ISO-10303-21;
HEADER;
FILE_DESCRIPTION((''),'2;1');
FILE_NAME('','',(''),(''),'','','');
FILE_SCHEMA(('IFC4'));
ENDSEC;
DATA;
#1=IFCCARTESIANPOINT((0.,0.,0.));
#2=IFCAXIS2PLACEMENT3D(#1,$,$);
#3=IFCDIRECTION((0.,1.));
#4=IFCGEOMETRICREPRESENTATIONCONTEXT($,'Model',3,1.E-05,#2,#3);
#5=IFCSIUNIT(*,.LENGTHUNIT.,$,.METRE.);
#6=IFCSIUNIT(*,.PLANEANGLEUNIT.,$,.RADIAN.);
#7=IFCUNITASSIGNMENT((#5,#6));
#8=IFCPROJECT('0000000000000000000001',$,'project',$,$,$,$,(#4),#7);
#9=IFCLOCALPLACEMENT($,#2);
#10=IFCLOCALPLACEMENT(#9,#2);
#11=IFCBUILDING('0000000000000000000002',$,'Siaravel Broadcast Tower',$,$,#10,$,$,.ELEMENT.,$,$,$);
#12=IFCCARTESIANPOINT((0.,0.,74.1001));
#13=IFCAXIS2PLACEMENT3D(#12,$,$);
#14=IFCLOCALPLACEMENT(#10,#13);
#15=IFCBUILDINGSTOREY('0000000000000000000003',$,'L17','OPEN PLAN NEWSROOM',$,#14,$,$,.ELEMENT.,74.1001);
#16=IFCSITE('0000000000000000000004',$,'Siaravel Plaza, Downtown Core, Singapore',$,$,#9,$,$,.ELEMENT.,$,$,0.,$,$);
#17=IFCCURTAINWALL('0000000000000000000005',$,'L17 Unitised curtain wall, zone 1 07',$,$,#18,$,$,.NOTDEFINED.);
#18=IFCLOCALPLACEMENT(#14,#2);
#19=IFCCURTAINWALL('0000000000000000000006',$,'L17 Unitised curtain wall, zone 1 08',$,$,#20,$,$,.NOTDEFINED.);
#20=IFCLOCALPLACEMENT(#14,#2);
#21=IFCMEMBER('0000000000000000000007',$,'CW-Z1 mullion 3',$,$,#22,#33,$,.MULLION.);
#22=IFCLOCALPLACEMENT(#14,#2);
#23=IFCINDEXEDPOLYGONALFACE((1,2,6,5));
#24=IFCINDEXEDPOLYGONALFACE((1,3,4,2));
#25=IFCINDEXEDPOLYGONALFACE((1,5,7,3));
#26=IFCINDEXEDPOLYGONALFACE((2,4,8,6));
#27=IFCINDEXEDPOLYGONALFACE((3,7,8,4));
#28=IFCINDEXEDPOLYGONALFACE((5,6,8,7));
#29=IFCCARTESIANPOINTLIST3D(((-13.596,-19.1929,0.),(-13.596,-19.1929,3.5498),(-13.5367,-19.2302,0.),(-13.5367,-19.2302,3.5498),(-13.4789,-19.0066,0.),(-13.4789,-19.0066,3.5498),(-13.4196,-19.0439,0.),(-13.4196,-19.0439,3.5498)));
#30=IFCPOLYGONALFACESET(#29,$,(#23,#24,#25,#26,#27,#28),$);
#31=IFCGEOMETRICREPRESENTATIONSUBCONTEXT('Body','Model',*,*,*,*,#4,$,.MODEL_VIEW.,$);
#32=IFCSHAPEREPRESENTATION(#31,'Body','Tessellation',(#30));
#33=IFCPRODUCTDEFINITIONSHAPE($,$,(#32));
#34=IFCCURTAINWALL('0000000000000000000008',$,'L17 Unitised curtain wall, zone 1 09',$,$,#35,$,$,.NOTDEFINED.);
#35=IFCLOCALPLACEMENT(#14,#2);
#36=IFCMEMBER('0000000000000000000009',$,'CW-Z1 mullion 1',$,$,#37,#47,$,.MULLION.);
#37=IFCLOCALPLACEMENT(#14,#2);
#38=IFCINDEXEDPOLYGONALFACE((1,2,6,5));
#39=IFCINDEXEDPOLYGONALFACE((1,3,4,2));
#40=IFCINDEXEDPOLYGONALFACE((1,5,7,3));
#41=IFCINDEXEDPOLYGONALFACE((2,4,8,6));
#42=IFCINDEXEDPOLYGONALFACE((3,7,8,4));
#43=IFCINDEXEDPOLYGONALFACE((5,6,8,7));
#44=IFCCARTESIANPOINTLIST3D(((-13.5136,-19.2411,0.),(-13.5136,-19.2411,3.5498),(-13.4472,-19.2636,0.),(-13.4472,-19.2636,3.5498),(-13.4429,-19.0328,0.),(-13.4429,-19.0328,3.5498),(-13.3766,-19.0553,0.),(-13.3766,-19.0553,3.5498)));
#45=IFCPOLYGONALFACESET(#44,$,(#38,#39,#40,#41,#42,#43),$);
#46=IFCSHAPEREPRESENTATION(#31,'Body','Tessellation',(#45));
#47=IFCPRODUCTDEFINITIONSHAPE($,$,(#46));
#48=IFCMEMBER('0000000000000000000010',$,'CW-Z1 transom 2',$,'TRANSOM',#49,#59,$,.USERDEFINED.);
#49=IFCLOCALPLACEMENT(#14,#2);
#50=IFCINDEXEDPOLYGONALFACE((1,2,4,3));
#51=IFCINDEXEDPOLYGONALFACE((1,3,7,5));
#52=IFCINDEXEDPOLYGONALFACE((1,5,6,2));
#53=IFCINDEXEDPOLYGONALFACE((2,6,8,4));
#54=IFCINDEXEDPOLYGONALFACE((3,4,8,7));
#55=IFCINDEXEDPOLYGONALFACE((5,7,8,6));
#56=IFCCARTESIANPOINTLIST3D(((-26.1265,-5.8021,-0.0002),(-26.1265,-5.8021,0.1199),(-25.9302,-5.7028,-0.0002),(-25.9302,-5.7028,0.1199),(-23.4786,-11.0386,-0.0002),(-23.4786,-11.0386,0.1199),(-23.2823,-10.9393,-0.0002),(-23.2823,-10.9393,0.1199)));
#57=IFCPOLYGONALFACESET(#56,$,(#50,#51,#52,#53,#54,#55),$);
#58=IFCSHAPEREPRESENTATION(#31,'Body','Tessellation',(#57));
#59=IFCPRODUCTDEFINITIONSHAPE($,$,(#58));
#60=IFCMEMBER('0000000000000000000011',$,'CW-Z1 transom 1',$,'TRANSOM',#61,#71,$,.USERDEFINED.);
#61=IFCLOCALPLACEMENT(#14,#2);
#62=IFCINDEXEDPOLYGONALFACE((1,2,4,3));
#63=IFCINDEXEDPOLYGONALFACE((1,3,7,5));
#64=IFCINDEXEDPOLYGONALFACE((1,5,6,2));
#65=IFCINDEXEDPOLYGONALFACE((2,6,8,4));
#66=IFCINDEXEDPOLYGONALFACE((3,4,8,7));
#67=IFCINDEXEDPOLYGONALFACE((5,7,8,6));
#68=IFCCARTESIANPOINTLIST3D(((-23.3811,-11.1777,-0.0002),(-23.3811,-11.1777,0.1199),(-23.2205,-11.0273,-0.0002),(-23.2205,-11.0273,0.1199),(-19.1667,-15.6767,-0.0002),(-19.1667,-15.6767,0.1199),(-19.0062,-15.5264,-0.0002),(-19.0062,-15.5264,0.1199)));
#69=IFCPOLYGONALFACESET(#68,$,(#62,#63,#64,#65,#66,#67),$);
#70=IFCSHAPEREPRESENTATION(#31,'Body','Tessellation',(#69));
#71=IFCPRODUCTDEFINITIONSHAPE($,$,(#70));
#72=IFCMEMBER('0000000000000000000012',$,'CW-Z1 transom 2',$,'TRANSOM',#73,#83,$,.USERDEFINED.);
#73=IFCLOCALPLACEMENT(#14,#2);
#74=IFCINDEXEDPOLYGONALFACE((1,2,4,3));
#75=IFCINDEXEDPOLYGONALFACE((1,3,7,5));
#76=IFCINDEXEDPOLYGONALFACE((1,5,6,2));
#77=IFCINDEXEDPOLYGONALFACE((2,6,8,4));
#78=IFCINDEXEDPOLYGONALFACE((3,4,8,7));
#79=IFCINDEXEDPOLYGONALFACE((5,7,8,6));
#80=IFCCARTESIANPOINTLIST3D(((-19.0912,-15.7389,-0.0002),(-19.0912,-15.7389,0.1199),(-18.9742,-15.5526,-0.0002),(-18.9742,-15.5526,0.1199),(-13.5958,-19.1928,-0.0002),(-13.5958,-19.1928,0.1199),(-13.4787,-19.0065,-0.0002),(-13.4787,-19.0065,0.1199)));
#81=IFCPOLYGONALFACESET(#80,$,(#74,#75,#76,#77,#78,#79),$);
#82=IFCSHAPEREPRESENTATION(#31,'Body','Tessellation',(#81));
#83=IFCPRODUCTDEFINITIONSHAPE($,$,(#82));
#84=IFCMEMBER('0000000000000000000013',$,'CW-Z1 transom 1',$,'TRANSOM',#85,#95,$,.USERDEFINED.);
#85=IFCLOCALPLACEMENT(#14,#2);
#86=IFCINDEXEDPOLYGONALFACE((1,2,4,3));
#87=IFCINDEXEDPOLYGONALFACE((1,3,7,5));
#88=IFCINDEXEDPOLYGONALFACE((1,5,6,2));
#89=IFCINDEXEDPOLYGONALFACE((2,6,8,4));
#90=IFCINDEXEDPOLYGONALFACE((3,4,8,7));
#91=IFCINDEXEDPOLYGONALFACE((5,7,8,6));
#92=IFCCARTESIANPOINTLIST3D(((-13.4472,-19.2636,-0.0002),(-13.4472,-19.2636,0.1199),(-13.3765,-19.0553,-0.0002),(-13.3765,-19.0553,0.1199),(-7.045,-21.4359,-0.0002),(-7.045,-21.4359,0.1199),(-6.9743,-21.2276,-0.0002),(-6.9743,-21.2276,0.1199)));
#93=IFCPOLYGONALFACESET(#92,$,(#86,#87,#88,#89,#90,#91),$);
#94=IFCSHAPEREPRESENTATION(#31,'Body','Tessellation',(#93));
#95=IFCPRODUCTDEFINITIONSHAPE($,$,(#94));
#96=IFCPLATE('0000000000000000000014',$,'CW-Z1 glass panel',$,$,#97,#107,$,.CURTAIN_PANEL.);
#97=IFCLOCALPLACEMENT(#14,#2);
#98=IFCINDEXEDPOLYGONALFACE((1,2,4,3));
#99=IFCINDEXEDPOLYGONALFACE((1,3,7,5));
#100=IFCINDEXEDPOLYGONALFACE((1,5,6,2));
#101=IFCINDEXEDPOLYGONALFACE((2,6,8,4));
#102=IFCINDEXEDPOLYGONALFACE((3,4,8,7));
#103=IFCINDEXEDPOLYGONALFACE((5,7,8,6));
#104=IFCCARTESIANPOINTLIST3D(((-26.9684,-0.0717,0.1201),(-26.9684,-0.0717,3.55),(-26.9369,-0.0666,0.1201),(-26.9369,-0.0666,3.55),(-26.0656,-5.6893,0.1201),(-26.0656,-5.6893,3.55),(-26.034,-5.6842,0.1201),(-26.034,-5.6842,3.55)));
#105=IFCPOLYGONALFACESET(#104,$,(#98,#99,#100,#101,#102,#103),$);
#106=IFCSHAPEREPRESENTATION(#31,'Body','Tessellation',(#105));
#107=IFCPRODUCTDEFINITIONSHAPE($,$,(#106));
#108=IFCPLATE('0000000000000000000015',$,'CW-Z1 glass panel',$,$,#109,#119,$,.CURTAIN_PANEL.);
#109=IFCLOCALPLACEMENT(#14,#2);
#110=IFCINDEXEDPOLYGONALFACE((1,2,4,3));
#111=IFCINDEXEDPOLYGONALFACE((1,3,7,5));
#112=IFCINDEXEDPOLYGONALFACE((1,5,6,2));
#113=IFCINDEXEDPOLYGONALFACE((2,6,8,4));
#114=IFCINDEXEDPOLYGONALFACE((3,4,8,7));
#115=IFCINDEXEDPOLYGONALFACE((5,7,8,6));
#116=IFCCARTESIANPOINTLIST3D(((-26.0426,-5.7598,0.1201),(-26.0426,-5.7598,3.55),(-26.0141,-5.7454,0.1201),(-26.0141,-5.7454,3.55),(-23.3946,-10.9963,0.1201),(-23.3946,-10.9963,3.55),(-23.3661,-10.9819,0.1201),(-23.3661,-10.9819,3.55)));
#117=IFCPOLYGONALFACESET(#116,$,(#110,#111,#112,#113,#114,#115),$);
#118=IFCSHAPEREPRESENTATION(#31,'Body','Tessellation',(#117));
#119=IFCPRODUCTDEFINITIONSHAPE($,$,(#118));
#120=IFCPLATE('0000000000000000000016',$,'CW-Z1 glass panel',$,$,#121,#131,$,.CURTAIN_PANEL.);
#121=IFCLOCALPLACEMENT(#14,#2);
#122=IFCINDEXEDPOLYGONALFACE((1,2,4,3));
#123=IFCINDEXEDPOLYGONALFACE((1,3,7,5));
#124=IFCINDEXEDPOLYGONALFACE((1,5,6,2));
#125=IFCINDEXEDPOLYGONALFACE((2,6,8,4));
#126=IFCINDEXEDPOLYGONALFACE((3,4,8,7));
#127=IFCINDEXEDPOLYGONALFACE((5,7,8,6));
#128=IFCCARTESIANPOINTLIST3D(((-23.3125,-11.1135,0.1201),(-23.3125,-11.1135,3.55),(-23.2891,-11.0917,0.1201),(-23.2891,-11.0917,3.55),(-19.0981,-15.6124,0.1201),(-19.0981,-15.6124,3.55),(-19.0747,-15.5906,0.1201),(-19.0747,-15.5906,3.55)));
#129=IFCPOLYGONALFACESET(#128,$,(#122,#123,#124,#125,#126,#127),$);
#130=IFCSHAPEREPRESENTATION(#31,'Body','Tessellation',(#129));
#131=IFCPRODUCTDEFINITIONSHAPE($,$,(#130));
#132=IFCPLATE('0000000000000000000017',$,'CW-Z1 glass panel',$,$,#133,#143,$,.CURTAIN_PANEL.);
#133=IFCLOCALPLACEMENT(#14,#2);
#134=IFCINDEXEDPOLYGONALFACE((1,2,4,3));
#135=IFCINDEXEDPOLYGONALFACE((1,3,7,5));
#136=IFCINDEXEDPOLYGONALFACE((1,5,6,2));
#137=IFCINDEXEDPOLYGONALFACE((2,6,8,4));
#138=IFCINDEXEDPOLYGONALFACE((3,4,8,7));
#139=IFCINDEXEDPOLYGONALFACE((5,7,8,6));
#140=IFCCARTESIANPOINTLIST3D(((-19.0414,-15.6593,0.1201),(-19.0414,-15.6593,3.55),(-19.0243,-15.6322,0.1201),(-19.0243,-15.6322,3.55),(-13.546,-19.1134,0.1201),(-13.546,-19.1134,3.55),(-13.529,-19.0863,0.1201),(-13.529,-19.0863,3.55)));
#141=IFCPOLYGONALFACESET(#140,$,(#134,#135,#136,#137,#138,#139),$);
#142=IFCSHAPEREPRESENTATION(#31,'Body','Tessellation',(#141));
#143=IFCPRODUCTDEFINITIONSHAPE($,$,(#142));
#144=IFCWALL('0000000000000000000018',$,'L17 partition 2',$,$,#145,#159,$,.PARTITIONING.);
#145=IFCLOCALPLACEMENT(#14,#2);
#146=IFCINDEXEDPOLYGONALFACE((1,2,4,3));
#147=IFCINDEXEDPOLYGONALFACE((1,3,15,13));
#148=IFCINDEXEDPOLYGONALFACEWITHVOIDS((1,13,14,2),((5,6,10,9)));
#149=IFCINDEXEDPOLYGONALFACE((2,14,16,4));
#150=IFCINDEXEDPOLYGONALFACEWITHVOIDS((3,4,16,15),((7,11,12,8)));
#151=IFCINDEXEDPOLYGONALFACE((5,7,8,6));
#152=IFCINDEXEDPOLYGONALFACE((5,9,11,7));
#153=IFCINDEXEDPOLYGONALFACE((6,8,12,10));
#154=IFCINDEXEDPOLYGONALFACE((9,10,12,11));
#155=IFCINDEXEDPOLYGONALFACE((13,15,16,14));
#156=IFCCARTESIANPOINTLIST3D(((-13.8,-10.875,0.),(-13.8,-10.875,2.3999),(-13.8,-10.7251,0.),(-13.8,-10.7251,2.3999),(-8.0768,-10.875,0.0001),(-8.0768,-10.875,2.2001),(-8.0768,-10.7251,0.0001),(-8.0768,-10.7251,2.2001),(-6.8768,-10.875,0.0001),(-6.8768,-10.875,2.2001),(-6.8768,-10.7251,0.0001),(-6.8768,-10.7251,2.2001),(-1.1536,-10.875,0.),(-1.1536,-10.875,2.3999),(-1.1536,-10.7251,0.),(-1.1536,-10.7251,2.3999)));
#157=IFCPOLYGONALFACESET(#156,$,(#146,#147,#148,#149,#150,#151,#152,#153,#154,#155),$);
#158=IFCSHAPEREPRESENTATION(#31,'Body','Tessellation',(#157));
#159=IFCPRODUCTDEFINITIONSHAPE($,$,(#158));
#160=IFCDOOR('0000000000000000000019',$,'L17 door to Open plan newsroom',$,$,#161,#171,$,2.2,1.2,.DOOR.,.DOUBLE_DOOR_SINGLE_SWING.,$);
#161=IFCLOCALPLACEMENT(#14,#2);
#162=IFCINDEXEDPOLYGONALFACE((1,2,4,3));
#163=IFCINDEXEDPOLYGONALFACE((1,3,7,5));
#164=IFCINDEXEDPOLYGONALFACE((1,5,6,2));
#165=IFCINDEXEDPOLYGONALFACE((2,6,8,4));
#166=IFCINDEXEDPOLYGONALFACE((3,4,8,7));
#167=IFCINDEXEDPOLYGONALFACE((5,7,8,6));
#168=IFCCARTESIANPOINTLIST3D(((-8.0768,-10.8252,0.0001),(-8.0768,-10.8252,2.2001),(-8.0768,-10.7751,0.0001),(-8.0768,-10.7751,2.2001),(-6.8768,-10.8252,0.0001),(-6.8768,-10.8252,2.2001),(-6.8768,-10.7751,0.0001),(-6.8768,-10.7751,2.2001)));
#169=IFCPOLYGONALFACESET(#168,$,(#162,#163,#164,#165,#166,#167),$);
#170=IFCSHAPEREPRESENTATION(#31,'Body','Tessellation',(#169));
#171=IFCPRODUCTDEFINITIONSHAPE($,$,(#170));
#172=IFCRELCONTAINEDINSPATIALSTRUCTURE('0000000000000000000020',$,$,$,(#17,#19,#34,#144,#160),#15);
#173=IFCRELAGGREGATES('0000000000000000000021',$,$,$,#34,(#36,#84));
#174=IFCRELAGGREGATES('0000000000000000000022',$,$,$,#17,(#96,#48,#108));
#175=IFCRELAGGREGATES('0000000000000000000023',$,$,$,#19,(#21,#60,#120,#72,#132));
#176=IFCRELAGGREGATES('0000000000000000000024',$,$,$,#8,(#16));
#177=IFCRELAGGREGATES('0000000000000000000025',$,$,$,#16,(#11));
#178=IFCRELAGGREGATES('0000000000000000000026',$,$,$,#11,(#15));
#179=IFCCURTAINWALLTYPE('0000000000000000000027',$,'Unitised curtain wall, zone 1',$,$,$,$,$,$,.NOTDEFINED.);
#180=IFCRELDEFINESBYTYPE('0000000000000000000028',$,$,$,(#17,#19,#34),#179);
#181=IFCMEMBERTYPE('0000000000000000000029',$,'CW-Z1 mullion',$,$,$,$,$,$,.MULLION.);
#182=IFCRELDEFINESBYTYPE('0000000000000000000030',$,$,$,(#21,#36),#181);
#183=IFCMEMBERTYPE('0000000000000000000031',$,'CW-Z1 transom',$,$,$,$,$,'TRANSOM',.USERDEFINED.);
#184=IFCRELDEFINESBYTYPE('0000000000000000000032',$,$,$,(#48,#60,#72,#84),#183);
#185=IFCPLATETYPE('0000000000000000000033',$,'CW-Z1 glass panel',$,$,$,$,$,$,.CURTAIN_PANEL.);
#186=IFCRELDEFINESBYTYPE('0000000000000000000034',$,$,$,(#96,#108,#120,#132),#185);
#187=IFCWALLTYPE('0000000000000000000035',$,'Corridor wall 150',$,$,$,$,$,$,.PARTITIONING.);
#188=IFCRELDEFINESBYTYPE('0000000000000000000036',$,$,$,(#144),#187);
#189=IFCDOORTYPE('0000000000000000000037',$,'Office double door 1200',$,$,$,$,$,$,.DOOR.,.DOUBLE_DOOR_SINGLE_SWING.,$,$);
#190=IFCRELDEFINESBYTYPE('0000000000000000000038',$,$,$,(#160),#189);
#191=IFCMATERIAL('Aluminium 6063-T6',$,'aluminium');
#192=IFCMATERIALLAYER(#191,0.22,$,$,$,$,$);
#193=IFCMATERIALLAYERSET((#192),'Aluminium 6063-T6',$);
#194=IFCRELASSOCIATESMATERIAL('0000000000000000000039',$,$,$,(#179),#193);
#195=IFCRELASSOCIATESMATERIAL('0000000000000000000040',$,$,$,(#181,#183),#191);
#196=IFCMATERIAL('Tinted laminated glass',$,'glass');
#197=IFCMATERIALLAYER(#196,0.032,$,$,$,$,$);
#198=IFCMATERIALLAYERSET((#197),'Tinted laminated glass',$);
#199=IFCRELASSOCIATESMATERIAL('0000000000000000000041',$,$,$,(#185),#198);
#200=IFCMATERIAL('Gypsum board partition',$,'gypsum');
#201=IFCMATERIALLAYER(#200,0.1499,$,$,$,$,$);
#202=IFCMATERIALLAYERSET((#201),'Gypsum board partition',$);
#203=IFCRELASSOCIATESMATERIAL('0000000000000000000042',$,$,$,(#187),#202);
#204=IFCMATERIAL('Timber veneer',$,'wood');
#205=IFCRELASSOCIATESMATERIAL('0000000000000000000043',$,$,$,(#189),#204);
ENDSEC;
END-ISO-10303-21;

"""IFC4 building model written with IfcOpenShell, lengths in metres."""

from ifc_helpers import new_model, si_unit, direction, frame, frame_2d, origin, origin_2d, place, context, subcontext, project, spatial, rectangle, extrude, material, layer, layer_set, material_profile, profile_set, type_object, element, fill, aggregate, save


model = new_model("IFC4")

# Units and contexts
model_context = context("Model", 3, precision=1e-05, world=origin(), true_north=direction((0.0, 1.0)))
body_context = subcontext(model_context, "Body", "Model", "MODEL_VIEW")
ifc_project = project(units=[si_unit("LENGTHUNIT", "METRE"), si_unit("PLANEANGLEUNIT", "RADIAN")], contexts=[model_context])

# Site, building, storey
site_placement = place(None, origin())
site = spatial("IfcSite", under=ifc_project, at=site_placement, Name="Siaravel Plaza, Downtown Core, Singapore", CompositionType="ELEMENT", RefElevation=0.0)
building_placement = place(site_placement, origin())
building = spatial("IfcBuilding", under=site, at=building_placement, Name="Siaravel Broadcast Tower", CompositionType="ELEMENT")
storey_placement = place(building_placement, frame((0.0, 0.0, 74.1001)))
storey = spatial("IfcBuildingStorey", under=building, at=storey_placement, Name="L17", Description="OPEN PLAN NEWSROOM", CompositionType="ELEMENT", Elevation=74.1001)

# Curtain walls, member
ifc_material_1 = material(Name="Aluminium 6063-T6", Category="aluminium")
ifc_layer_1 = layer(ifc_material_1, 0.22)
ifc_layer_set_1 = layer_set([ifc_layer_1], Name="Aluminium 6063-T6")
curtain_wall_type = type_object("IfcCurtainWallType", Name="Unitised curtain wall, zone 1", PredefinedType="NOTDEFINED", material=ifc_layer_set_1)
curtain_wall_1_placement = place(storey_placement, origin())
curtain_wall_1 = element("IfcCurtainWall", 1, at=curtain_wall_1_placement, inside=storey, type_object=curtain_wall_type, Name="L17 Unitised curtain wall, zone 1 07", PredefinedType="NOTDEFINED")
ifc_material_profile_1 = material_profile(ifc_material_1, rectangle(XDim=0.22, YDim=0.0701, at=origin_2d()))
ifc_profile_set_1 = profile_set([ifc_material_profile_1], Name="Aluminium 6063-T6")
member_type_1 = type_object("IfcMemberType", Name="CW-Z1 mullion", PredefinedType="MULLION", material=ifc_profile_set_1)
curtain_wall_2_placement = place(storey_placement, origin())
curtain_wall_2 = element("IfcCurtainWall", 2, at=curtain_wall_2_placement, inside=storey, type_object=curtain_wall_type, Name="L17 Unitised curtain wall, zone 1 08", PredefinedType="NOTDEFINED")
member_1_placement = place(storey_placement, frame((-13.5078, -19.1184, 0.0), z_axis=(0.0, 0.0, 1.0), x_axis=(0.53215, 0.84665, 0.0)))
member_1 = element("IfcMember", 3, at=member_1_placement, type_object=member_type_1, Name="CW-Z1 mullion 3", PredefinedType="MULLION", context=body_context, shape_type="SweptSolid", body=[
    extrude(rectangle(XDim=0.22, YDim=0.0701, at=origin_2d()), origin(), (0.0, 0.0, 1.0), 3.5498),
])

# Curtain wall, member
curtain_wall_3_placement = place(storey_placement, origin())
curtain_wall_3 = element("IfcCurtainWall", 4, at=curtain_wall_3_placement, inside=storey, type_object=curtain_wall_type, Name="L17 Unitised curtain wall, zone 1 09", PredefinedType="NOTDEFINED")
member_2_placement = place(storey_placement, frame((-13.4451, -19.1482, 0.0), z_axis=(0.0, 0.0, 1.0), x_axis=(0.321301, 0.946977, 0.0)))
member_2 = element("IfcMember", 5, at=member_2_placement, type_object=member_type_1, Name="CW-Z1 mullion 1", PredefinedType="MULLION", context=body_context, shape_type="SweptSolid", body=[
    extrude(rectangle(XDim=0.22, YDim=0.0701, at=origin_2d()), origin(), (0.0, 0.0, 1.0), 3.5498),
])

# Members
ifc_material_profile_2 = material_profile(ifc_material_1, rectangle(XDim=0.22, YDim=0.1201, at=origin_2d()))
ifc_profile_set_2 = profile_set([ifc_material_profile_2], Name="Aluminium 6063-T6")
member_type_2 = type_object("IfcMemberType", Name="CW-Z1 transom", ElementType="TRANSOM", PredefinedType="USERDEFINED", material=ifc_profile_set_2)
member_3_placement = place(storey_placement, frame((-26.0283, -5.7524, 0.0598), z_axis=(0.451253, -0.892396, 0.0), x_axis=(0.892396, 0.451253, 0.0)))
member_3 = element("IfcMember", 6, at=member_3_placement, type_object=member_type_2, Name="CW-Z1 transom 2", ObjectType="TRANSOM", PredefinedType="USERDEFINED", context=body_context, shape_type="SweptSolid", body=[
    extrude(rectangle(XDim=0.22, YDim=0.1201, at=origin_2d()), origin(), (0.0, 0.0, 1.0), 5.8679),
])
member_4_placement = place(storey_placement, frame((-23.3008, -11.1025, 0.0598), z_axis=(0.683641, -0.729819, 0.0), x_axis=(0.729819, 0.683641, 0.0)))
member_4 = element("IfcMember", 7, at=member_4_placement, type_object=member_type_2, Name="CW-Z1 transom 1", ObjectType="TRANSOM", PredefinedType="USERDEFINED", context=body_context, shape_type="SweptSolid", body=[
    extrude(rectangle(XDim=0.22, YDim=0.1201, at=origin_2d()), origin(), (0.0, 0.0, 1.0), 6.1646),
])
member_5_placement = place(storey_placement, frame((-19.0327, -15.6458, 0.0598), z_axis=(0.846662, -0.532131, 0.0), x_axis=(0.532131, 0.846662, 0.0)))
member_5 = element("IfcMember", 8, at=member_5_placement, type_object=member_type_2, Name="CW-Z1 transom 2", ObjectType="TRANSOM", PredefinedType="USERDEFINED", context=body_context, shape_type="SweptSolid", body=[
    extrude(rectangle(XDim=0.22, YDim=0.1201, at=origin_2d()), origin(), (0.0, 0.0, 1.0), 6.4907),
])
member_6_placement = place(storey_placement, frame((-13.4119, -19.1594, 0.0598), z_axis=(0.946972, -0.321315, 0.0), x_axis=(0.321315, 0.946972, 0.0)))
member_6 = element("IfcMember", 9, at=member_6_placement, type_object=member_type_2, Name="CW-Z1 transom 1", ObjectType="TRANSOM", PredefinedType="USERDEFINED", context=body_context, shape_type="SweptSolid", body=[
    extrude(rectangle(XDim=0.22, YDim=0.1201, at=origin_2d()), origin(), (0.0, 0.0, 1.0), 6.7607),
])
aggregate(curtain_wall_3, [member_2, member_6])

# Plates
ifc_material_2 = material(Name="Tinted laminated glass", Category="glass")
ifc_layer_2 = layer(ifc_material_2, 0.032)
ifc_layer_set_2 = layer_set([ifc_layer_2], Name="Tinted laminated glass")
plate_type = type_object("IfcPlateType", Name="CW-Z1 glass panel", PredefinedType="CURTAIN_PANEL", material=ifc_layer_set_2)
plate_1_placement = place(storey_placement, frame((-26.5012, -2.8779, 0.1201), z_axis=(0.0, 0.0, 1.0), x_axis=(0.158685, -0.987329, 0.0)))
plate_1 = element("IfcPlate", 10, at=plate_1_placement, type_object=plate_type, Name="CW-Z1 glass panel", PredefinedType="CURTAIN_PANEL", context=body_context, shape_type="SweptSolid", body=[
    extrude(rectangle(XDim=5.6897, YDim=0.032, at=origin_2d()), origin(), (0.0, 0.0, 1.0), 3.4299),
])
plate_2_placement = place(storey_placement, frame((-24.7043, -8.3708, 0.1201), z_axis=(0.0, 0.0, 1.0), x_axis=(0.451261, -0.892392, 0.0)))
plate_2 = element("IfcPlate", 11, at=plate_2_placement, type_object=plate_type, Name="CW-Z1 glass panel", PredefinedType="CURTAIN_PANEL", context=body_context, shape_type="SweptSolid", body=[
    extrude(rectangle(XDim=5.8679, YDim=0.032, at=origin_2d()), origin(), (0.0, 0.0, 1.0), 3.4299),
])
aggregate(curtain_wall_1, [plate_1, member_3, plate_2])
plate_3_placement = place(storey_placement, frame((-21.1936, -13.3521, 0.1201), z_axis=(0.0, 0.0, 1.0), x_axis=(0.683655, -0.729806, 0.0)))
plate_3 = element("IfcPlate", 12, at=plate_3_placement, type_object=plate_type, Name="CW-Z1 glass panel", PredefinedType="CURTAIN_PANEL", context=body_context, shape_type="SweptSolid", body=[
    extrude(rectangle(XDim=6.1646, YDim=0.032, at=origin_2d()), origin(), (0.0, 0.0, 1.0), 3.4299),
])
plate_4_placement = place(storey_placement, frame((-16.2852, -17.3728, 0.1201), z_axis=(0.0, 0.0, 1.0), x_axis=(0.84665, -0.53215, 0.0)))
plate_4 = element("IfcPlate", 13, at=plate_4_placement, type_object=plate_type, Name="CW-Z1 glass panel", PredefinedType="CURTAIN_PANEL", context=body_context, shape_type="SweptSolid", body=[
    extrude(rectangle(XDim=6.4907, YDim=0.032, at=origin_2d()), origin(), (0.0, 0.0, 1.0), 3.4299),
])
aggregate(curtain_wall_2, [member_1, member_4, plate_3, member_5, plate_4])

# Wall, opening, door
ifc_material_3 = material(Name="Gypsum board partition", Category="gypsum")
ifc_layer_3 = layer(ifc_material_3, 0.1499)
ifc_layer_set_3 = layer_set([ifc_layer_3], Name="Gypsum board partition")
wall_type_1 = type_object("IfcWallType", Name="Corridor wall 150", PredefinedType="PARTITIONING", material=ifc_layer_set_3)
wall_1_placement = place(storey_placement, frame((-13.8, -10.8, 0.0), z_axis=(0.0, 0.0, 1.0), x_axis=(1.0, 0.0, 0.0)))
wall_1 = element("IfcWall", 14, at=wall_1_placement, inside=storey, type_object=wall_type_1, Name="L17 partition 2", PredefinedType="PARTITIONING", context=body_context, shape_type="SweptSolid", body=[
    extrude(rectangle(XDim=12.6465, YDim=0.1499, at=frame_2d((6.3232, 0.0))), origin(), (0.0, 0.0, 1.0), 2.3999),
])
opening_1_placement = place(wall_1_placement, frame((5.7231, 0.0, 0.0)))
opening_1 = element("IfcOpeningElement", 15, at=opening_1_placement, cuts=wall_1, PredefinedType="OPENING", context=body_context, shape_type="SweptSolid", body=[
    extrude(rectangle(XDim=1.2, YDim=2.2, at=frame_2d((0.6001, 1.1001))), frame((0.0, 0.085, 0.0), z_axis=(0.0, -1.0, 0.0), x_axis=(1.0, 0.0, 0.0)), (0.0, 0.0, 1.0), 0.1699),
])
ifc_material_4 = material(Name="Timber veneer", Category="wood")
door_type_1 = type_object("IfcDoorType", Name="Office double door 1200", OperationType="DOUBLE_DOOR_SINGLE_SWING", PredefinedType="DOOR", material=ifc_material_4)
door_1_placement = place(opening_1_placement, origin())
door_1 = element("IfcDoor", 16, at=door_1_placement, inside=storey, type_object=door_type_1, Name="L17 door to Open plan newsroom", OperationType="DOUBLE_DOOR_SINGLE_SWING", OverallHeight=2.2, OverallWidth=1.2, PredefinedType="DOOR", context=body_context, shape_type="SweptSolid", body=[
    extrude(rectangle(XDim=1.2, YDim=2.2, at=frame_2d((0.6001, 1.1001))), frame((0.0, 0.0249, 0.0), z_axis=(0.0, -1.0, 0.0), x_axis=(1.0, 0.0, 0.0)), (0.0, 0.0, 1.0), 0.05),
])
fill(opening_1, door_1)

save(model, "model.ifc")
